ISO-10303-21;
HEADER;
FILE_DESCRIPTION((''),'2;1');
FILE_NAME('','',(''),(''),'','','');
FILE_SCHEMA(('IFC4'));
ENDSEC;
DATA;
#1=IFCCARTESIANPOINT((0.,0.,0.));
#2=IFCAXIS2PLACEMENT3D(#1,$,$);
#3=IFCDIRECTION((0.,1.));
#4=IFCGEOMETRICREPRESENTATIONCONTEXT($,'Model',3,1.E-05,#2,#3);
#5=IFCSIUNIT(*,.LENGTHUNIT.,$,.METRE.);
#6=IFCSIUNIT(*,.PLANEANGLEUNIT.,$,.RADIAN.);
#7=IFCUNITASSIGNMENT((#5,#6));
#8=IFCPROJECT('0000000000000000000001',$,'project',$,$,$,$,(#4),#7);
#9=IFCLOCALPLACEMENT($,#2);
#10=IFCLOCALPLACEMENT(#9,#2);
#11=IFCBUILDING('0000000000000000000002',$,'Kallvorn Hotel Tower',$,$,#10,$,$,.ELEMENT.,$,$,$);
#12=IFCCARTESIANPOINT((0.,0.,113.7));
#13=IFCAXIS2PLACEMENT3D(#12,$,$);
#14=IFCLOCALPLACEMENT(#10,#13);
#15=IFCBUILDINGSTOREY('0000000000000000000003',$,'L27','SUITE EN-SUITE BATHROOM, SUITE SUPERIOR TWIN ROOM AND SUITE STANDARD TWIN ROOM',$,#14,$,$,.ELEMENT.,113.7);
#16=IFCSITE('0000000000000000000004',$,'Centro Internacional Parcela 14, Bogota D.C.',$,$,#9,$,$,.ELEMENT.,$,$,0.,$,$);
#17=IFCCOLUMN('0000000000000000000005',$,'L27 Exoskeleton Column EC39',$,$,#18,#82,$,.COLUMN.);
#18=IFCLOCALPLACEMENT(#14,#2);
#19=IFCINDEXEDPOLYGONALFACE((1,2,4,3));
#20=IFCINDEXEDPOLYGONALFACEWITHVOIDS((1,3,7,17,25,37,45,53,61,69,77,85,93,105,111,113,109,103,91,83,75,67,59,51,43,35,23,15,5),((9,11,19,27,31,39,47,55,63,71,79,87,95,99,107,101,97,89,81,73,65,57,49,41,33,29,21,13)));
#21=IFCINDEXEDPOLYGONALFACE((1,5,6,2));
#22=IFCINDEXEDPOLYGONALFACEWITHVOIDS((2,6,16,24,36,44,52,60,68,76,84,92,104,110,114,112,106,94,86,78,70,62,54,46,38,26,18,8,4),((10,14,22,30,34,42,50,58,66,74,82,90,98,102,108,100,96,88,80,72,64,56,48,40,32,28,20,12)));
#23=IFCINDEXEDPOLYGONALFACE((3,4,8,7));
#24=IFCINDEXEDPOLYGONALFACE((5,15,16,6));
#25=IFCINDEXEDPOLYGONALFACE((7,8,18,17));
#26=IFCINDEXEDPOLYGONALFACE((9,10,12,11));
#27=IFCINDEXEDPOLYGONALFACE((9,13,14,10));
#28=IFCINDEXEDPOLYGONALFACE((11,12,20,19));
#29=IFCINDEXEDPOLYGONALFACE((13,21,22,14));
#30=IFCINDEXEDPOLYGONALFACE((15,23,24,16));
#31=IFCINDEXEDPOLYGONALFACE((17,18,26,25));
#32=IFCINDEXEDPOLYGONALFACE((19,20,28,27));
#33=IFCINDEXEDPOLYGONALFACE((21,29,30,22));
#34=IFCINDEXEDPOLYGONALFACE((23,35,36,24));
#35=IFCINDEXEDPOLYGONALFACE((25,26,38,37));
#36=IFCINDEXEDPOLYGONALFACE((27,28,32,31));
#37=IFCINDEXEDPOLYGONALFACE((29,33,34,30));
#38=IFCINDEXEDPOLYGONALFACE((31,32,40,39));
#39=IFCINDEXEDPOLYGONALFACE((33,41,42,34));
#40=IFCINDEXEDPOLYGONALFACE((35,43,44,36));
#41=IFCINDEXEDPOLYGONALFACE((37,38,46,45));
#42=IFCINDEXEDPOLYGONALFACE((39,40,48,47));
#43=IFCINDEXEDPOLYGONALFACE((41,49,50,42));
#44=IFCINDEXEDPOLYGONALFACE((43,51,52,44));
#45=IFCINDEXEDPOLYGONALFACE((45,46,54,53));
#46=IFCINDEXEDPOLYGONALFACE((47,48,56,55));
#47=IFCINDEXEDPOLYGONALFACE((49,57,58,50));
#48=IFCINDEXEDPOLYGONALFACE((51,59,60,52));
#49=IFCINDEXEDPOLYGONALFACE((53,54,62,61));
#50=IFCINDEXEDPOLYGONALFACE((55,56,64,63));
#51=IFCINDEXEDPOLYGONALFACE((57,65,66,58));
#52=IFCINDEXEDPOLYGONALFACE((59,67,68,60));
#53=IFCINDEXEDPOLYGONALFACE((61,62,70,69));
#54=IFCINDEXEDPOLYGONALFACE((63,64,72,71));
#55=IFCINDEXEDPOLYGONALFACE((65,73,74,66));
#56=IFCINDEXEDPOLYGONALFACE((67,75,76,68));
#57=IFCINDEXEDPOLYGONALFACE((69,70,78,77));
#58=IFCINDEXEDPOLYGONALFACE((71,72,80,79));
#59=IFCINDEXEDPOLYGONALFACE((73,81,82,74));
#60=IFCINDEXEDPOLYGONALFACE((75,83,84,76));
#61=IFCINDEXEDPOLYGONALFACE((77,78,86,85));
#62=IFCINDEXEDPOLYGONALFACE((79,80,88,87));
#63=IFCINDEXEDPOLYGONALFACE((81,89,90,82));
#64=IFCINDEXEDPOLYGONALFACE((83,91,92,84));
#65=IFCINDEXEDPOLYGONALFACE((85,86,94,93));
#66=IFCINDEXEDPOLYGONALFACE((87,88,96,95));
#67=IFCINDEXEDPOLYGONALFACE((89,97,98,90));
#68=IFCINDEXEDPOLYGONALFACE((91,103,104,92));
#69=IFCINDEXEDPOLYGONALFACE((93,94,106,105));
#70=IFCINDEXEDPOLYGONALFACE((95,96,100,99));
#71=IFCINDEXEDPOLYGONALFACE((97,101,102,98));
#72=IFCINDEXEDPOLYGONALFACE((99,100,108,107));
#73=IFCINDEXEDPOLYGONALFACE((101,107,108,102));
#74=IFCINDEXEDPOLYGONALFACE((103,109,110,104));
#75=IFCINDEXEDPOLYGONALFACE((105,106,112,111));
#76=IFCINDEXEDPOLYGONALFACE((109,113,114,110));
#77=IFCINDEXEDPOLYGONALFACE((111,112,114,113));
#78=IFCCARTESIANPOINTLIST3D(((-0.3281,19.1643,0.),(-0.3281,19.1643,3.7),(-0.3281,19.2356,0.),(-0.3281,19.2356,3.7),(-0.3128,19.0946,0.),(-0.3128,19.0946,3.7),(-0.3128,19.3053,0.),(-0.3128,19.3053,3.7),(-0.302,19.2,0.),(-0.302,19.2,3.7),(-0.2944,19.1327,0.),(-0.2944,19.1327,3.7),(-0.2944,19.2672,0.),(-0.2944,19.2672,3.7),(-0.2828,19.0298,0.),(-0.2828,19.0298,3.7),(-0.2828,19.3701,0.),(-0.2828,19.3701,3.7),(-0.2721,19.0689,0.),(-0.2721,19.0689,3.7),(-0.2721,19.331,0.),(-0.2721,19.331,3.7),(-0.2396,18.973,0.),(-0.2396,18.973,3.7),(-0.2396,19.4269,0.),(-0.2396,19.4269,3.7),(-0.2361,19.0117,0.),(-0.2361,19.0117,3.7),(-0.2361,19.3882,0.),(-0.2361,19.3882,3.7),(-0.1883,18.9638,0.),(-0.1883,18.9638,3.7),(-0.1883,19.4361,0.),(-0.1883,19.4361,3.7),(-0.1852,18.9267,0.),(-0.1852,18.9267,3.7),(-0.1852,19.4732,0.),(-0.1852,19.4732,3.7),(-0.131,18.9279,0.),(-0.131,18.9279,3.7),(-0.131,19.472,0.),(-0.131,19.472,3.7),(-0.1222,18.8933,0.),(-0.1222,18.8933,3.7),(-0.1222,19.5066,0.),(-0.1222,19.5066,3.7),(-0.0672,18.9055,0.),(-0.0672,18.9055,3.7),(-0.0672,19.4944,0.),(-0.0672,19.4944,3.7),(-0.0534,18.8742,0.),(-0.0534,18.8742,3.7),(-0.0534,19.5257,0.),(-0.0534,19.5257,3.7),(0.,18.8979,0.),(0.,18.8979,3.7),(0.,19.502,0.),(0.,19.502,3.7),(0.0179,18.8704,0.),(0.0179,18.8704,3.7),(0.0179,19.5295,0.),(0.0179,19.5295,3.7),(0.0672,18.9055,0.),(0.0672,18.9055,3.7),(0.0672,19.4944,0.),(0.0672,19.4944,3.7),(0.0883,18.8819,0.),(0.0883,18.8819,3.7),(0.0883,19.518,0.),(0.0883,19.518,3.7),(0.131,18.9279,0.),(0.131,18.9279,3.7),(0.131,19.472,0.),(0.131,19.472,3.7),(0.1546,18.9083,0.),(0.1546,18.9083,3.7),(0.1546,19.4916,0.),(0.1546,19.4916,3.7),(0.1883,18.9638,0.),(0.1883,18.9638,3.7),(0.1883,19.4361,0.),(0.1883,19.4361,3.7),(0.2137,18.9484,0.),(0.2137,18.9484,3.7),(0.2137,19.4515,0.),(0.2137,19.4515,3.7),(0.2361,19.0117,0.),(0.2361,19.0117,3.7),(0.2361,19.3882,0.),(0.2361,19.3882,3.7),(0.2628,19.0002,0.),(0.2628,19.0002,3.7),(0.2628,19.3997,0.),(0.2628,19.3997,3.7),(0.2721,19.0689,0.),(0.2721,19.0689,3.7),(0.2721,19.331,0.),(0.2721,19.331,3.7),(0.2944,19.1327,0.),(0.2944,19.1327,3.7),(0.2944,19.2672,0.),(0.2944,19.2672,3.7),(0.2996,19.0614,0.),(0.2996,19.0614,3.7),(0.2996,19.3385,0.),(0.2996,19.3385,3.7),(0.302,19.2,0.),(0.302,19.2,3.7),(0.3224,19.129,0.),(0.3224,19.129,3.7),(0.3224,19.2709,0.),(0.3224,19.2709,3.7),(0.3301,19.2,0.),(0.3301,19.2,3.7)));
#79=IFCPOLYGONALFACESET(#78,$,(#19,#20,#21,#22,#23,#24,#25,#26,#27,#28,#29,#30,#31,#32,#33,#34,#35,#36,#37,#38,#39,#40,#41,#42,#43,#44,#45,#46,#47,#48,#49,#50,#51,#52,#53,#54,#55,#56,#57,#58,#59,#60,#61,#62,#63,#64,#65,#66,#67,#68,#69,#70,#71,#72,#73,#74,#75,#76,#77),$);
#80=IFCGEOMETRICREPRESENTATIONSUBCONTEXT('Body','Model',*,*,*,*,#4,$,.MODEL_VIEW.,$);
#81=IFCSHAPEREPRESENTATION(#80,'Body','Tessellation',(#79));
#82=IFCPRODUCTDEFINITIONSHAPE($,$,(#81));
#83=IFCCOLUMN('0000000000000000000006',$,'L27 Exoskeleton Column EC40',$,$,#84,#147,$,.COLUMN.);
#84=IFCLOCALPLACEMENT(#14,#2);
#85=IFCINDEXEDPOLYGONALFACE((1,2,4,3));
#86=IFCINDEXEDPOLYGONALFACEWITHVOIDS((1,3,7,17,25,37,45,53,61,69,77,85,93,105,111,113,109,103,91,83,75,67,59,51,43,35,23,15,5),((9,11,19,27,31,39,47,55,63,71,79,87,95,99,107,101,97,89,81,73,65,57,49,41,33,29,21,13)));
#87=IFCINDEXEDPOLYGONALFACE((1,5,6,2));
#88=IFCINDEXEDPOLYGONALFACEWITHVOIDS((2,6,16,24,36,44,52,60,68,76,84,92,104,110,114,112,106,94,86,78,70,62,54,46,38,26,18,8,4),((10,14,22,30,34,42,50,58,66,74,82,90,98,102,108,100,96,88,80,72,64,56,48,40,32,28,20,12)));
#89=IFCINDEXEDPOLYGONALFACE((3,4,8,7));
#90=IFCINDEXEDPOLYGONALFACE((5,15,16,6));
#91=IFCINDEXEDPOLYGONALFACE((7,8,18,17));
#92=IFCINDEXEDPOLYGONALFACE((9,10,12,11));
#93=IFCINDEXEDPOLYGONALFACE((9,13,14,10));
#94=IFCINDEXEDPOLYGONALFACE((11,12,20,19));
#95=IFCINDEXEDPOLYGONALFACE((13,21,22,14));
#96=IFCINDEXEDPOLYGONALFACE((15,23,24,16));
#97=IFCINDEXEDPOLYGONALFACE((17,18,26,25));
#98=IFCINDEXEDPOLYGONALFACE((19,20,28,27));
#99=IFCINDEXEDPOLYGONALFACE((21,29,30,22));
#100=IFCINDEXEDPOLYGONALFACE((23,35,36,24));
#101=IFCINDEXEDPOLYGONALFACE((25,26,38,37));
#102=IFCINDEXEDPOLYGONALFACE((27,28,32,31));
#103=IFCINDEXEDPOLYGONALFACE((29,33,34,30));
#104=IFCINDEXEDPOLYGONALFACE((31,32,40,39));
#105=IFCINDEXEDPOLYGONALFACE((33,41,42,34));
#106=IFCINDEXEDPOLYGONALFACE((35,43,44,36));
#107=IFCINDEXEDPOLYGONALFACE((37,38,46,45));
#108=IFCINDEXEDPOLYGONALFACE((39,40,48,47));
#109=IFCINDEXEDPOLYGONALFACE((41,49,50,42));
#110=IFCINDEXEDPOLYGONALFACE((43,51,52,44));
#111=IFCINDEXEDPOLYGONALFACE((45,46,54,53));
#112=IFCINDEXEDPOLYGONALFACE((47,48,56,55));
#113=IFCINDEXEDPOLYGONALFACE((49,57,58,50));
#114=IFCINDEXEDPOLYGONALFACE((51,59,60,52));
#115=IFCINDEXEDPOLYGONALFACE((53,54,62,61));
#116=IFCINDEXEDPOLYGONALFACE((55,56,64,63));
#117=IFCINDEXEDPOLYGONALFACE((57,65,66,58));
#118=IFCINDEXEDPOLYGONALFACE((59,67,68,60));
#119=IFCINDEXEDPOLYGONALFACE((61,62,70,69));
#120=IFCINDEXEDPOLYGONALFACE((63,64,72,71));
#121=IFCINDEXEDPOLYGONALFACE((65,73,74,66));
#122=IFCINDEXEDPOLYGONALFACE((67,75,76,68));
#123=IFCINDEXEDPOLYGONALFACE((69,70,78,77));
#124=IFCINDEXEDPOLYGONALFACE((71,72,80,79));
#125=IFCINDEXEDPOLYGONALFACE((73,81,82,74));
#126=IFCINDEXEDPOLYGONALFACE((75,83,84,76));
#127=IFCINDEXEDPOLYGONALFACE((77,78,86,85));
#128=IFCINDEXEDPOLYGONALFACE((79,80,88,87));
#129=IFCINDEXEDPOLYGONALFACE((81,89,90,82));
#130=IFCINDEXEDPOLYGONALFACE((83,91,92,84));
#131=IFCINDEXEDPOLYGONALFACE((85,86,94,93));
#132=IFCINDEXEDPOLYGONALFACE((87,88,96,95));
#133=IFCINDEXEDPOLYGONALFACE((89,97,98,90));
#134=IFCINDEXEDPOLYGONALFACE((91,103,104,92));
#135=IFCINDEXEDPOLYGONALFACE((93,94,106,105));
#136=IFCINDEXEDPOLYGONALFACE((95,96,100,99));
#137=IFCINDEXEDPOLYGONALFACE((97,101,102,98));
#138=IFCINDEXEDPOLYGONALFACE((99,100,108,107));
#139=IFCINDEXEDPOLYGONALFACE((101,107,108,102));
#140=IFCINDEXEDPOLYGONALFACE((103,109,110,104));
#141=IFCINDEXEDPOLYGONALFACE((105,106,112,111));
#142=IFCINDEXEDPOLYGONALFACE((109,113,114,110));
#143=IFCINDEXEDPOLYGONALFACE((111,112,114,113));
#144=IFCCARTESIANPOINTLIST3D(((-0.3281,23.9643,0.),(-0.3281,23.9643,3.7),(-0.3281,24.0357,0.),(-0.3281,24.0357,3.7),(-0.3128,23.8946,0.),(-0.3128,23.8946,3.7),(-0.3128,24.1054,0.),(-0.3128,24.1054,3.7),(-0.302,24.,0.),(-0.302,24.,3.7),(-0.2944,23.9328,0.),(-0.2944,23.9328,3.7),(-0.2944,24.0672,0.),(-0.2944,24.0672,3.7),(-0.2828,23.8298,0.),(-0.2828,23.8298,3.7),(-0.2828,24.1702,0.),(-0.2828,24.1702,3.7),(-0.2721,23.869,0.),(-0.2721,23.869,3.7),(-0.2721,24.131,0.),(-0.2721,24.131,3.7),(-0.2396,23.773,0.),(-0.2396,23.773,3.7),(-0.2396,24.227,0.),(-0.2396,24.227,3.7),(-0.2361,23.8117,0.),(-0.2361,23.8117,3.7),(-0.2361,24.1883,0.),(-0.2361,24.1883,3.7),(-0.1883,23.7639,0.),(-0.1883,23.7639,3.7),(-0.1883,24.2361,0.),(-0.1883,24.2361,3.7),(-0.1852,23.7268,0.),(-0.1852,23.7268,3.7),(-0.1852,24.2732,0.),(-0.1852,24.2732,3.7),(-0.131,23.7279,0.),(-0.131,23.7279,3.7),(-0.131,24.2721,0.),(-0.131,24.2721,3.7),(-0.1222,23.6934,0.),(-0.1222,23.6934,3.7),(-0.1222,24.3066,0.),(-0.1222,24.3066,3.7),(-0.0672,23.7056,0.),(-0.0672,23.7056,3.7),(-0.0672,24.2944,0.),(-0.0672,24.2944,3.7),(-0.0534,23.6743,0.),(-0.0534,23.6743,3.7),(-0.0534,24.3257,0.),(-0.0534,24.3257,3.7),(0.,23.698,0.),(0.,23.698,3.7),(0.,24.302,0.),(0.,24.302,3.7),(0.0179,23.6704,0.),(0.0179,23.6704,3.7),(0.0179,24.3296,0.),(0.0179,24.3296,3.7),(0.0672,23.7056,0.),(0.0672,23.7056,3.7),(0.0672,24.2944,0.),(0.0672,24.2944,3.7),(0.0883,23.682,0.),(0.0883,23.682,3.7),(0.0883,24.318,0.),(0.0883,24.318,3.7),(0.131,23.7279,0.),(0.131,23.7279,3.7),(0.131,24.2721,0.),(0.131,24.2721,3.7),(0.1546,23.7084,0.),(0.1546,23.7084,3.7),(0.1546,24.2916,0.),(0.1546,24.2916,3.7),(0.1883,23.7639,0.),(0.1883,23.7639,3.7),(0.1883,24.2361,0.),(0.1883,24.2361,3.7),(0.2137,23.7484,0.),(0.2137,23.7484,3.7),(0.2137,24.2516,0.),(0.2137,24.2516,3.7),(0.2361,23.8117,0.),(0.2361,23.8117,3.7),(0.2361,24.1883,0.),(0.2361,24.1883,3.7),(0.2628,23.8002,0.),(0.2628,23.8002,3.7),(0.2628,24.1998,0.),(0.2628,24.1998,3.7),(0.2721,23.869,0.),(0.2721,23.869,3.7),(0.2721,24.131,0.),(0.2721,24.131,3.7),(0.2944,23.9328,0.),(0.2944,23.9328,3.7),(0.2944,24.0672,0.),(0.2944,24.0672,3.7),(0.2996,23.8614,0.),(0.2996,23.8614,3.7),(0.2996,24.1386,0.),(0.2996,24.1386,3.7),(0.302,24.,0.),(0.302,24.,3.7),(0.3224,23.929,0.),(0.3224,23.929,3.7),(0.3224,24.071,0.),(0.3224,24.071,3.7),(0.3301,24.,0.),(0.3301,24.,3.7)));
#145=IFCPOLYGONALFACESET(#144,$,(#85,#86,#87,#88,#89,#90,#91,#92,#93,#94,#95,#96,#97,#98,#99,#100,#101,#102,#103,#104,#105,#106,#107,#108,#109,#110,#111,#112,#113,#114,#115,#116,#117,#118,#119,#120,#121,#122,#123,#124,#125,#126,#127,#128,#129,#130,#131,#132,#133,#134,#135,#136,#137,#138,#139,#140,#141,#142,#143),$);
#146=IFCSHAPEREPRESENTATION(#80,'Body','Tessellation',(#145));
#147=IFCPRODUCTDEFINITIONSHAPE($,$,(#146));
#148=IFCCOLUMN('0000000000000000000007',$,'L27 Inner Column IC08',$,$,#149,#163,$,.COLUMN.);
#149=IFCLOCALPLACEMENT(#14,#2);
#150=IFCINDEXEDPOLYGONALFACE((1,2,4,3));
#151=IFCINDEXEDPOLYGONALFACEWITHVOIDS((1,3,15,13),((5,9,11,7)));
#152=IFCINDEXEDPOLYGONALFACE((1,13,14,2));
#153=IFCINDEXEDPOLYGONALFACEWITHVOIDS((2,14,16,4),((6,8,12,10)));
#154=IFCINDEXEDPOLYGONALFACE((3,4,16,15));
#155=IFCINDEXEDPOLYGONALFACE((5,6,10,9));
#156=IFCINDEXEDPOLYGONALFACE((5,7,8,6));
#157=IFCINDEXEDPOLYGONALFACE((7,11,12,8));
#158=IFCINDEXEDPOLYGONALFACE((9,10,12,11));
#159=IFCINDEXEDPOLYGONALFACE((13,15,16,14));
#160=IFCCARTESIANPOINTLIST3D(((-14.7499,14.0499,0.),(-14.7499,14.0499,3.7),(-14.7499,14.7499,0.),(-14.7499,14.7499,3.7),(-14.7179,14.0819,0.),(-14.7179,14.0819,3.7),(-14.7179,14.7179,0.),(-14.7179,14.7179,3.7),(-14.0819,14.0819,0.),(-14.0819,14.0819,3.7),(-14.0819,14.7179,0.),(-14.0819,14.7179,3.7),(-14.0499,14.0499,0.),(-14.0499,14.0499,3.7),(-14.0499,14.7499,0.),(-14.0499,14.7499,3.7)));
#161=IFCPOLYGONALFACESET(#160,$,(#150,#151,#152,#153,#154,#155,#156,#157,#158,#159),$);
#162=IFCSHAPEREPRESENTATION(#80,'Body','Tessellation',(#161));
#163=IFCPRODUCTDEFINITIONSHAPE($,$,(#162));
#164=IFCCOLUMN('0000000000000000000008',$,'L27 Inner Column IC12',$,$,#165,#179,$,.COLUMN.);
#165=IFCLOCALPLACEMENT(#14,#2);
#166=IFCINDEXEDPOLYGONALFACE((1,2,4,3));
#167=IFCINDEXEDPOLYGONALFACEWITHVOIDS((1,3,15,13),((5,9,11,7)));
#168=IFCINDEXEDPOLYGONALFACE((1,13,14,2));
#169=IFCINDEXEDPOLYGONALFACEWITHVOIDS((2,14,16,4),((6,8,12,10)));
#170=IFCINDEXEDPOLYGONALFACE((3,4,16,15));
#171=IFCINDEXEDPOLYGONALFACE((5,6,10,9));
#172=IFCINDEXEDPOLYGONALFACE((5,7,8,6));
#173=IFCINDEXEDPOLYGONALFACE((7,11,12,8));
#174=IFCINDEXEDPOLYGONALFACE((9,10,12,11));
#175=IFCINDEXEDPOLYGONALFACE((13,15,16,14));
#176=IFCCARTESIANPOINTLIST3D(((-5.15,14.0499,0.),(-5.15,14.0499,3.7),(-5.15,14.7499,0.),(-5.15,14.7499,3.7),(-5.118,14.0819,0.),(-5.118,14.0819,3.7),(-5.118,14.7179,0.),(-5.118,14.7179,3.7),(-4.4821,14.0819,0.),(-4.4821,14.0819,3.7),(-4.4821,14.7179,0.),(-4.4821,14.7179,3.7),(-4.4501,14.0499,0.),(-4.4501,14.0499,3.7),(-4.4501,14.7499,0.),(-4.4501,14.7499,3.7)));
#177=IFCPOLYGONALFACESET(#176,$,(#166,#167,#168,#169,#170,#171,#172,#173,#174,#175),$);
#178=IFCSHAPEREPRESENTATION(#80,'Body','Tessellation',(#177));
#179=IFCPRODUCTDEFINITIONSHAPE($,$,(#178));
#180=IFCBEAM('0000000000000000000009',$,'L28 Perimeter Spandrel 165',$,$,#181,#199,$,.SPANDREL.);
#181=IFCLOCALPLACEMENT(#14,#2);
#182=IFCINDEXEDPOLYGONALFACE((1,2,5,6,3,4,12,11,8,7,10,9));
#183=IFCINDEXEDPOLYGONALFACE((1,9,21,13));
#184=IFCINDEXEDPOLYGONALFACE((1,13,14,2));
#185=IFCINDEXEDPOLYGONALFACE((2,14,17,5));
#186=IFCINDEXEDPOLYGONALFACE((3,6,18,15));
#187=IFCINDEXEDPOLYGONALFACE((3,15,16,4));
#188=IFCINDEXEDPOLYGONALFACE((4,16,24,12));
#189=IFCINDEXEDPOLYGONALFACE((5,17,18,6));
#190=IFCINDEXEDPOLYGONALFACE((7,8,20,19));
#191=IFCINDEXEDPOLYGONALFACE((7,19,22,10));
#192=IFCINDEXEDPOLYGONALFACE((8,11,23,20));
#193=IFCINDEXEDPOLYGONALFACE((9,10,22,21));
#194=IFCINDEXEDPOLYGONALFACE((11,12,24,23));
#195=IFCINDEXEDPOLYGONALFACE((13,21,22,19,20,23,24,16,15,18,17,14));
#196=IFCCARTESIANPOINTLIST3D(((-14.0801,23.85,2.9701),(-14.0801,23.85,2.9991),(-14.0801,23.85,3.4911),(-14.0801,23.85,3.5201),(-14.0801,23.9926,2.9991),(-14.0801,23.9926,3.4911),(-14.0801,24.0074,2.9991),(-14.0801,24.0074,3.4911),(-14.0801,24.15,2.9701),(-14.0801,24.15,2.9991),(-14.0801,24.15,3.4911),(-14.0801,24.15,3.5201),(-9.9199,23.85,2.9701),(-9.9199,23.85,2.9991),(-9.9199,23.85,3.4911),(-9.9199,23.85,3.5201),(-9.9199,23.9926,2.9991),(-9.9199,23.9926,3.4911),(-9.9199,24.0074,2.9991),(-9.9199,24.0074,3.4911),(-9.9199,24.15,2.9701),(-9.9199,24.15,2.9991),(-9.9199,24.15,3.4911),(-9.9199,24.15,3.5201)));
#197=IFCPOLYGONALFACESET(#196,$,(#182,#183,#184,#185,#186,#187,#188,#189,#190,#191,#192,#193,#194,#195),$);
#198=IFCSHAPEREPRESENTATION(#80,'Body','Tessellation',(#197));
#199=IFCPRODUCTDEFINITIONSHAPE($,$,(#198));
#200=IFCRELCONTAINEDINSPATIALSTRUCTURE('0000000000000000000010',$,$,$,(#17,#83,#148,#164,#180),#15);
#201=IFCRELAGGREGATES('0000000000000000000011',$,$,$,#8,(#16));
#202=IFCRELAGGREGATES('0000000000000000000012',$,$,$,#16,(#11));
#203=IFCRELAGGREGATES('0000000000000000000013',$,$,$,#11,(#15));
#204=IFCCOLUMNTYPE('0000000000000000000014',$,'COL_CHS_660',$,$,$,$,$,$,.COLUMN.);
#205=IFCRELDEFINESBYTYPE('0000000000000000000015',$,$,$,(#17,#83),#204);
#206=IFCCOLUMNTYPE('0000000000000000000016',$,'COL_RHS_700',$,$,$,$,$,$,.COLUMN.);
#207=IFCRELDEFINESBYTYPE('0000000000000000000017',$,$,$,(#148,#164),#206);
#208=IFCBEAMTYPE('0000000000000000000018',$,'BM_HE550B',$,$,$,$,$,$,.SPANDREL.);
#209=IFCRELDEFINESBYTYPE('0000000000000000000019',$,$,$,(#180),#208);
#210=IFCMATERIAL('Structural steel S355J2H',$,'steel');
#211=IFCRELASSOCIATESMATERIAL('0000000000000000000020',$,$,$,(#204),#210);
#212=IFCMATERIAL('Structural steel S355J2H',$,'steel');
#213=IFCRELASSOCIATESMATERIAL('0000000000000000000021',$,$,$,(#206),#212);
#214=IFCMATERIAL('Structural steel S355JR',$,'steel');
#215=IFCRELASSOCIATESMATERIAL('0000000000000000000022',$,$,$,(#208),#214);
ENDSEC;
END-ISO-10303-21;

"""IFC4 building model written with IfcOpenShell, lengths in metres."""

from ifc_helpers import new_model, si_unit, direction, frame, origin, origin_2d, place, context, subcontext, project, spatial, hollow_rectangle, hollow_circle, i_section, extrude, material, material_profile, profile_set, type_object, element, save


model = new_model("IFC4")

# Units and contexts
model_context = context("Model", 3, precision=1e-05, world=origin(), true_north=direction((0.0, 1.0)))
body_context = subcontext(model_context, "Body", "Model", "MODEL_VIEW")
ifc_project = project(units=[si_unit("LENGTHUNIT", "METRE"), si_unit("PLANEANGLEUNIT", "RADIAN")], contexts=[model_context])

# Site, building, storey
site_placement = place(None, origin())
site = spatial("IfcSite", under=ifc_project, at=site_placement, Name="Centro Internacional Parcela 14, Bogota D.C.", CompositionType="ELEMENT", RefElevation=0.0)
building_placement = place(site_placement, origin())
building = spatial("IfcBuilding", under=site, at=building_placement, Name="Kallvorn Hotel Tower", CompositionType="ELEMENT")
storey_placement = place(building_placement, frame((0.0, 0.0, 113.7)))
storey = spatial("IfcBuildingStorey", under=building, at=storey_placement, Name="L27", Description="SUITE EN-SUITE BATHROOM, SUITE SUPERIOR TWIN ROOM AND SUITE STANDARD TWIN ROOM", CompositionType="ELEMENT", Elevation=113.7)

# Columns
ifc_material_1 = material(Name="Structural steel S355J2H", Category="steel")
ifc_material_profile_1 = material_profile(ifc_material_1, hollow_circle(Radius=0.3301, WallThickness=0.0281, at=origin_2d()), Name="CHS 660x28")
ifc_profile_set_1 = profile_set([ifc_material_profile_1], Name="Structural steel S355J2H")
column_type_1 = type_object("IfcColumnType", Name="COL_CHS_660", PredefinedType="COLUMN", material=ifc_profile_set_1)
for number, where, z_axis, x_axis, name in (
    (1, (0.0, 19.2, 0.0), (0.0, 0.0, 1.0), (1.0, 0.0, 0.0), "L27 Exoskeleton Column EC39"),
    (2, (0.0, 24.0, 0.0), (0.0, 0.0, 1.0), (1.0, 0.0, 0.0), "L27 Exoskeleton Column EC40"),
):
    element("IfcColumn", number, at=place(storey_placement, frame(where, z_axis=z_axis, x_axis=x_axis)), inside=storey, type_object=column_type_1, Name=name, PredefinedType="COLUMN", context=body_context, shape_type="SweptSolid", body=[
        extrude(hollow_circle(Radius=0.3301, WallThickness=0.0281, at=origin_2d()), origin(), (0.0, 0.0, 1.0), 3.7),
    ])
ifc_material_2 = material(Name="Structural steel S355J2H", Category="steel")
ifc_material_profile_2 = material_profile(ifc_material_2, hollow_rectangle(XDim=0.7, YDim=0.7, WallThickness=0.032, at=origin_2d()), Name="RHS 700x700x32")
ifc_profile_set_2 = profile_set([ifc_material_profile_2], Name="Structural steel S355J2H")
column_type_2 = type_object("IfcColumnType", Name="COL_RHS_700", PredefinedType="COLUMN", material=ifc_profile_set_2)
for number, where, z_axis, x_axis, name in (
    (3, (-14.3999, 14.3999, 0.0), (0.0, 0.0, 1.0), (1.0, 0.0, 0.0), "L27 Inner Column IC08"),
    (4, (-4.8, 14.3999, 0.0), (0.0, 0.0, 1.0), (1.0, 0.0, 0.0), "L27 Inner Column IC12"),
):
    element("IfcColumn", number, at=place(storey_placement, frame(where, z_axis=z_axis, x_axis=x_axis)), inside=storey, type_object=column_type_2, Name=name, PredefinedType="COLUMN", context=body_context, shape_type="SweptSolid", body=[
        extrude(hollow_rectangle(XDim=0.7, YDim=0.7, WallThickness=0.032, at=origin_2d()), origin(), (0.0, 0.0, 1.0), 3.7),
    ])

# Beam
ifc_material_3 = material(Name="Structural steel S355JR", Category="steel")
ifc_material_profile_3 = material_profile(ifc_material_3, i_section(OverallWidth=0.3, OverallDepth=0.55, WebThickness=0.0149, FlangeThickness=0.0291, at=origin_2d()), Name="HE 550 B")
ifc_profile_set_3 = profile_set([ifc_material_profile_3], Name="Structural steel S355JR")
beam_type_1 = type_object("IfcBeamType", Name="BM_HE550B", PredefinedType="SPANDREL", material=ifc_profile_set_3)
beam_1_placement = place(storey_placement, frame((-14.0801, 24.0, 3.2451), z_axis=(1.0, 0.0, 0.0), x_axis=(0.0, 1.0, 0.0)))
element("IfcBeam", 5, at=beam_1_placement, inside=storey, type_object=beam_type_1, Name="L28 Perimeter Spandrel 165", PredefinedType="SPANDREL", context=body_context, shape_type="SweptSolid", body=[
    extrude(i_section(OverallWidth=0.3, OverallDepth=0.55, WebThickness=0.0149, FlangeThickness=0.0291, at=origin_2d()), origin(), (0.0, 0.0, 1.0), 4.1602),
])

save(model, "model.ifc")
